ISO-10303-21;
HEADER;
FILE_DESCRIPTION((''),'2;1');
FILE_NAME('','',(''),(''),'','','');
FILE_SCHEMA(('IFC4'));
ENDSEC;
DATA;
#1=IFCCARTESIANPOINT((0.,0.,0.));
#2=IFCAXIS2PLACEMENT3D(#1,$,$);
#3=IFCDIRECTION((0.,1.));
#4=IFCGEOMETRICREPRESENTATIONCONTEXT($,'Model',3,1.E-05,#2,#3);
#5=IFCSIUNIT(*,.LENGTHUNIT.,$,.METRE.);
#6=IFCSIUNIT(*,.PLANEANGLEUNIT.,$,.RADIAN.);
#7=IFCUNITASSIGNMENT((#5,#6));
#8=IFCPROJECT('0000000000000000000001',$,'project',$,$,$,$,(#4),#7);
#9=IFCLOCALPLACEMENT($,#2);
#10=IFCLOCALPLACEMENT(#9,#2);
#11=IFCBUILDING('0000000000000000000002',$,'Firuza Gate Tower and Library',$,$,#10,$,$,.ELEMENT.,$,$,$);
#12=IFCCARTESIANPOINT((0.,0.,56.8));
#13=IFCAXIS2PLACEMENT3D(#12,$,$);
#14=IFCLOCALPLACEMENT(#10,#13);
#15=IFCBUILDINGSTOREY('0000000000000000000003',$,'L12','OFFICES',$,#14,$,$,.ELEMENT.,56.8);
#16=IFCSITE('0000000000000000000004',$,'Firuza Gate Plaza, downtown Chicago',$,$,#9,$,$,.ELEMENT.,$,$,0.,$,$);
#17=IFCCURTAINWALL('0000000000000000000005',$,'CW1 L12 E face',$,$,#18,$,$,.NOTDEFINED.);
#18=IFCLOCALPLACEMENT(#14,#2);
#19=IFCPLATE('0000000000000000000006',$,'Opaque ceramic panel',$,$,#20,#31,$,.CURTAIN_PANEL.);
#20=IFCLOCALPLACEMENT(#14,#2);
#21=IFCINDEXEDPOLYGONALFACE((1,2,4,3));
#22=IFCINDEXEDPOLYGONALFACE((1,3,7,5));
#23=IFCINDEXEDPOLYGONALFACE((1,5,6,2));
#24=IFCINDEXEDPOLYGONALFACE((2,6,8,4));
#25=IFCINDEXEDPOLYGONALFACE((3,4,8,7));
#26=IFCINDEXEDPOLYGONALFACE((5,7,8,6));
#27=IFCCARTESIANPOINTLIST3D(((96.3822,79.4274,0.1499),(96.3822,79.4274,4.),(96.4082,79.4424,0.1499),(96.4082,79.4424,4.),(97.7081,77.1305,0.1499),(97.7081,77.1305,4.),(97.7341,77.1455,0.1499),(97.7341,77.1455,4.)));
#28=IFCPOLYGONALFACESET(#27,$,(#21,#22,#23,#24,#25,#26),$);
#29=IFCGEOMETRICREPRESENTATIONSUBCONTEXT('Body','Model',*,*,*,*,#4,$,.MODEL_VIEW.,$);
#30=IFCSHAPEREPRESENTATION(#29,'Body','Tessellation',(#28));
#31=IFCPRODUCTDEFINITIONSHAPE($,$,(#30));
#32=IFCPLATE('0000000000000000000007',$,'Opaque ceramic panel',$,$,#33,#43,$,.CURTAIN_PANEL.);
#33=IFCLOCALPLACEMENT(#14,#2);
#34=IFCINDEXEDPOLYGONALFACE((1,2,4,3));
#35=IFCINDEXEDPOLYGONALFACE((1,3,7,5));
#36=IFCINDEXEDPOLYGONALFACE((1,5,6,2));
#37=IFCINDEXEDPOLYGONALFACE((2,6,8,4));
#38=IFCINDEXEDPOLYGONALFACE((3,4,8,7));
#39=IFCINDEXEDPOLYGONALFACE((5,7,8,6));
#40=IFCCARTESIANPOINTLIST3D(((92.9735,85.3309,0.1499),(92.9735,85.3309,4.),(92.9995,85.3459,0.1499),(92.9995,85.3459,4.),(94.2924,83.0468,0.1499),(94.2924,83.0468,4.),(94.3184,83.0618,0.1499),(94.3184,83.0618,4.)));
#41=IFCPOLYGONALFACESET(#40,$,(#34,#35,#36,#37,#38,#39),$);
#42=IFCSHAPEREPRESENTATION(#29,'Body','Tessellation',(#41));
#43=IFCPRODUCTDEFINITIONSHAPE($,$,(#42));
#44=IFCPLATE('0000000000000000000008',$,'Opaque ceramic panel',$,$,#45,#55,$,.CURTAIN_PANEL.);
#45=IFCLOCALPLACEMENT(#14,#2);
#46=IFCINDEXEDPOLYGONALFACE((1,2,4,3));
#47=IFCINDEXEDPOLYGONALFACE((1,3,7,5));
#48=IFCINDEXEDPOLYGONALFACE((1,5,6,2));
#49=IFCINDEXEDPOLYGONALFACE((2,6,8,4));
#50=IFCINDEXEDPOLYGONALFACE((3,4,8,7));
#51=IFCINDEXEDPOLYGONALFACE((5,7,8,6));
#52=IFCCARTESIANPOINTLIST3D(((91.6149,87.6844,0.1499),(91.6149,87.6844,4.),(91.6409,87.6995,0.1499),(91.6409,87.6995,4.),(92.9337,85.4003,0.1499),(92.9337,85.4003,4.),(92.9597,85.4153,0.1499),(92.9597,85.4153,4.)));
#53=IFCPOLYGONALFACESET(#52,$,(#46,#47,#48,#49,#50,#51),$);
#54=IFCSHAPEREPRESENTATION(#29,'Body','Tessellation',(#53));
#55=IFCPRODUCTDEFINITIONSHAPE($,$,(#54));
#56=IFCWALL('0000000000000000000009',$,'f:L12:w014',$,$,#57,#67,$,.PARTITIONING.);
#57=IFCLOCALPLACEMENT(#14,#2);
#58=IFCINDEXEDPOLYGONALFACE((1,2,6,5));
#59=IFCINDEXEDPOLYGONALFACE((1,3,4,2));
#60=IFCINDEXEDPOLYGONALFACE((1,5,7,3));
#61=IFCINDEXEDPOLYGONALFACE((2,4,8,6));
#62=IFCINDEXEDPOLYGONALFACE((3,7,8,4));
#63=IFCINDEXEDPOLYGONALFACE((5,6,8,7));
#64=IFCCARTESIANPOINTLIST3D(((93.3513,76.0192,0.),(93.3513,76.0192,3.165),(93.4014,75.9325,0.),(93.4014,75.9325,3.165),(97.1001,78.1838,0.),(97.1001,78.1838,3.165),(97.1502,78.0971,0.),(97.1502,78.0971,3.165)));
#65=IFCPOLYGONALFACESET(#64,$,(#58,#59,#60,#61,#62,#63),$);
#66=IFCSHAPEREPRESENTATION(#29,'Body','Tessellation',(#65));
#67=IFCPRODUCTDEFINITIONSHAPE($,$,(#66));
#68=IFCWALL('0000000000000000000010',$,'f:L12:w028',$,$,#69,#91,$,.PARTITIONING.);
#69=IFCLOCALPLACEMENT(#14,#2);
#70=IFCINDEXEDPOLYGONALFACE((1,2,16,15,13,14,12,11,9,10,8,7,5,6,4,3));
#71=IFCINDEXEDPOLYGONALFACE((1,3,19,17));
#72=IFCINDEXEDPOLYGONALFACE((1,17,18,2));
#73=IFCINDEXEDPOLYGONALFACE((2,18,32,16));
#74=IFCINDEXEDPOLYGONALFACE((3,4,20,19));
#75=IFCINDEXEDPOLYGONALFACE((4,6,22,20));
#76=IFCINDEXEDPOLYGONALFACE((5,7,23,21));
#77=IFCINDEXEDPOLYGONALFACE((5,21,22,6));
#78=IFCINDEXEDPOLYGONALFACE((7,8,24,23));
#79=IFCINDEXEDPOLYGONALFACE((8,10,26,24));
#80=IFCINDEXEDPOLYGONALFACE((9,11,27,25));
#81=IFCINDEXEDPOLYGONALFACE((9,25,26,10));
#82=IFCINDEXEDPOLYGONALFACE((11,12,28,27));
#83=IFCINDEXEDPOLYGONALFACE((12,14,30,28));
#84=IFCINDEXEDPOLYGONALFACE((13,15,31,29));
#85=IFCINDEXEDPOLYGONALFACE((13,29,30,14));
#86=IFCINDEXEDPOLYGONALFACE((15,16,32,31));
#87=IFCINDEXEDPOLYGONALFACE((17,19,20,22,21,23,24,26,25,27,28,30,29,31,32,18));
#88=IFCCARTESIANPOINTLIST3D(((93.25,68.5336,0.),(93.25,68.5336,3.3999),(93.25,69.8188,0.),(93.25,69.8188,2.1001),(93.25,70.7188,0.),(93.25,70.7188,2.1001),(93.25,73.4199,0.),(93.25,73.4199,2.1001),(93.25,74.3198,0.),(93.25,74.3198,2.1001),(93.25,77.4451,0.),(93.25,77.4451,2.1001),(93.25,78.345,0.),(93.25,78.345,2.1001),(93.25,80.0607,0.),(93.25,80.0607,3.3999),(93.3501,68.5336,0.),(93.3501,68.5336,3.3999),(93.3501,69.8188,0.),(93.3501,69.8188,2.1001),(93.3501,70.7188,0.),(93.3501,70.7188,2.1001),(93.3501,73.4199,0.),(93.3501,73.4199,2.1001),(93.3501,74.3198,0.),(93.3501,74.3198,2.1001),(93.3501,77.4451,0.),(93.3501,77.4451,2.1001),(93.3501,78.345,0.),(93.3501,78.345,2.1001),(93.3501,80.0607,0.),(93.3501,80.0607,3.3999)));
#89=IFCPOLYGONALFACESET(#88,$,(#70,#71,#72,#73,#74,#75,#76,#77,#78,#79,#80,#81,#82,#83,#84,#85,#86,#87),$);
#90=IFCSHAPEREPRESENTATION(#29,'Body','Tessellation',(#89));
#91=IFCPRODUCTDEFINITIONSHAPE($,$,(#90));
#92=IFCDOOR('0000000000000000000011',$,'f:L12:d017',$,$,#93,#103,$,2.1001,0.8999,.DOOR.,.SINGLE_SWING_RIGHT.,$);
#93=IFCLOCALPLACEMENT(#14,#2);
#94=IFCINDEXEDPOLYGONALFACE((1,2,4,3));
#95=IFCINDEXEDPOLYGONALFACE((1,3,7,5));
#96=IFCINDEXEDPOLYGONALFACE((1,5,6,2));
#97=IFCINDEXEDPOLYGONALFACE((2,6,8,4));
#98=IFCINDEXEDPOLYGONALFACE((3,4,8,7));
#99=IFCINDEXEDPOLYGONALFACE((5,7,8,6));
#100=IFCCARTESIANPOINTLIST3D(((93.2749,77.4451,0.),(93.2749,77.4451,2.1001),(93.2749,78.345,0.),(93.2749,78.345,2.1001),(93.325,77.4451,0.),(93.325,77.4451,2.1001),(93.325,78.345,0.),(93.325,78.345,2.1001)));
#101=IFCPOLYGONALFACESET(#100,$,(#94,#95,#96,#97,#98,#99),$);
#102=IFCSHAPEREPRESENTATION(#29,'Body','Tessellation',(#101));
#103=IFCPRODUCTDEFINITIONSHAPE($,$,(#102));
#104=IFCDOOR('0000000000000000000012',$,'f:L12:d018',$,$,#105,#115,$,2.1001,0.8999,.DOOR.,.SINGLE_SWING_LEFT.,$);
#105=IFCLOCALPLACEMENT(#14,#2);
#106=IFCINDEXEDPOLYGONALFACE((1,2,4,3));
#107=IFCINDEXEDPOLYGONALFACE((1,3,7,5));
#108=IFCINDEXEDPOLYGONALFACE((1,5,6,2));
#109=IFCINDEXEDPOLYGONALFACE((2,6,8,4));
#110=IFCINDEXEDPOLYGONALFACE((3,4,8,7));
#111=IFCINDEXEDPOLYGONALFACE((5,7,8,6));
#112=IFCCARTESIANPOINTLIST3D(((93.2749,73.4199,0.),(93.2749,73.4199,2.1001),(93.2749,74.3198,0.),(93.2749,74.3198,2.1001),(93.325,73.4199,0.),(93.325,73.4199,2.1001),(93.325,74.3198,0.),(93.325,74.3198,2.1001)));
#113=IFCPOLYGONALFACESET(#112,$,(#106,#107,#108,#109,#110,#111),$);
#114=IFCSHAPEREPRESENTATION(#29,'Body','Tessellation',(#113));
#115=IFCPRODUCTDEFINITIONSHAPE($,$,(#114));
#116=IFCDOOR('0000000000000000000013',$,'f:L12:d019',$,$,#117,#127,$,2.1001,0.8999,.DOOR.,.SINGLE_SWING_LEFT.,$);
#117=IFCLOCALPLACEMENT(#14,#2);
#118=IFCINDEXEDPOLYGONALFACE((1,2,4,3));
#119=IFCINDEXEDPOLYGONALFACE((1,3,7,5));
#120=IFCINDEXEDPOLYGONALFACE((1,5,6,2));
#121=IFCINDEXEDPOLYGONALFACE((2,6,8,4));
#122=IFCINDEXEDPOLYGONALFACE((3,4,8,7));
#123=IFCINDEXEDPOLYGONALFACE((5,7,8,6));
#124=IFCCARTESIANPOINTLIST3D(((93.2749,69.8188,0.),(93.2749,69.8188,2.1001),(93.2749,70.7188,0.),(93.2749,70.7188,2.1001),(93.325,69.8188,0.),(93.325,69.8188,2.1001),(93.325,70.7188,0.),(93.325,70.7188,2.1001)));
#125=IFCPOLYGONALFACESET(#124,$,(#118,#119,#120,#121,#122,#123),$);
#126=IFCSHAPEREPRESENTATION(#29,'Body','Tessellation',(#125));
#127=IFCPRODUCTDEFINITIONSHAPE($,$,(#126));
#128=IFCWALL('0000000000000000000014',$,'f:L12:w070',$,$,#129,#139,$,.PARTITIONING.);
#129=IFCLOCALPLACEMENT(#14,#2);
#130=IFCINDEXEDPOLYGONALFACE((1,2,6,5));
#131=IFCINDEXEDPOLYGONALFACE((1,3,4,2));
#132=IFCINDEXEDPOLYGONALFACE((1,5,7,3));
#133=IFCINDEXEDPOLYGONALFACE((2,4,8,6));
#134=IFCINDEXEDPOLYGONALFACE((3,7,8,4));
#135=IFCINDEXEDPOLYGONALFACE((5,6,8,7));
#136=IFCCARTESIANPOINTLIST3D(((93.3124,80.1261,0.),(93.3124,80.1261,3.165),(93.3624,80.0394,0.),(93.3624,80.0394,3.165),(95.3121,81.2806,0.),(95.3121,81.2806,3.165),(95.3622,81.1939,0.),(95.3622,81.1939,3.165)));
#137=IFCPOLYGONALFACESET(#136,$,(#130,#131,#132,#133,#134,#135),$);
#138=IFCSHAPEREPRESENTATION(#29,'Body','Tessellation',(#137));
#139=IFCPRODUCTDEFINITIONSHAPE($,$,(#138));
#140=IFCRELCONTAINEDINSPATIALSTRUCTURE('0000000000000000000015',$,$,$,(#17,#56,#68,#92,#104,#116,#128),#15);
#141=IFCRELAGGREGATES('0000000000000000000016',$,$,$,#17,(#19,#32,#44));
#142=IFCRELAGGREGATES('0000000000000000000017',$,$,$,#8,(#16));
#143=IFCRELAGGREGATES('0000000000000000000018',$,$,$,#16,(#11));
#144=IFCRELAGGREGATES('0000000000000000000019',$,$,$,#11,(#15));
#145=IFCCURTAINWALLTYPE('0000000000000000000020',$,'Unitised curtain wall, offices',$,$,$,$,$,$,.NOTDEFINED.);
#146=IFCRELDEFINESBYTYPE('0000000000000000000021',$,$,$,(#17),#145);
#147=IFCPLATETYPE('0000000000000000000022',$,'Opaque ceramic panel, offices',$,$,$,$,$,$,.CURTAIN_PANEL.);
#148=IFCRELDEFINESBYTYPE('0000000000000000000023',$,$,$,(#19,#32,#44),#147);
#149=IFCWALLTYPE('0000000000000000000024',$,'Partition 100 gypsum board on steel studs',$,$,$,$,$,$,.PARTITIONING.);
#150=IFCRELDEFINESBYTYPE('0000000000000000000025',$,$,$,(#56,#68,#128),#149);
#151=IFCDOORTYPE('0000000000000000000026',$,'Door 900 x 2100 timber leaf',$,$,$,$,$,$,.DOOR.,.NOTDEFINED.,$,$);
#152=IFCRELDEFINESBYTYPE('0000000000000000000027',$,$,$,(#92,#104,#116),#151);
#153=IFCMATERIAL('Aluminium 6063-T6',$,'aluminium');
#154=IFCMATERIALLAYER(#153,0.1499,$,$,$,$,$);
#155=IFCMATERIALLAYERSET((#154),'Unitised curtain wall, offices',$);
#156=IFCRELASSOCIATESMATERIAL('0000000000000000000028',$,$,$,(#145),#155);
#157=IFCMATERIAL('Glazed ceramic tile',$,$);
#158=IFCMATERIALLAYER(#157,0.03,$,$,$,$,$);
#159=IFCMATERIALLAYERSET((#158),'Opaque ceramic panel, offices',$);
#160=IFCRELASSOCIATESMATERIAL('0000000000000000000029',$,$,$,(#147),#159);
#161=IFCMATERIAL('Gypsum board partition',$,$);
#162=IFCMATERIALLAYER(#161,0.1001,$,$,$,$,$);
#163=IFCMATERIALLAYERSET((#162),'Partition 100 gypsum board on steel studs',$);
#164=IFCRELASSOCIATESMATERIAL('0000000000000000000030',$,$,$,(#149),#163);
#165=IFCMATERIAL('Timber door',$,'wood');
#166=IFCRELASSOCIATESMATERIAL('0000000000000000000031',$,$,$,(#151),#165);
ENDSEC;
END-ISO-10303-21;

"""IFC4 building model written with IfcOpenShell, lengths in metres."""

from ifc_helpers import new_model, si_unit, direction, frame, frame_2d, origin, place, context, subcontext, project, spatial, polyline, rectangle, outline, extrude, material, layer, layer_set, type_object, element, fill, aggregate, save


model = new_model("IFC4")

# Units and contexts
model_context = context("Model", 3, precision=1e-05, world=origin(), true_north=direction((0.0, 1.0)))
body_context = subcontext(model_context, "Body", "Model", "MODEL_VIEW")
ifc_project = project(units=[si_unit("LENGTHUNIT", "METRE"), si_unit("PLANEANGLEUNIT", "RADIAN")], contexts=[model_context])

# Site, building, storey
site_placement = place(None, origin())
site = spatial("IfcSite", under=ifc_project, at=site_placement, Name="Firuza Gate Plaza, downtown Chicago", CompositionType="ELEMENT", RefElevation=0.0)
building_placement = place(site_placement, origin())
building = spatial("IfcBuilding", under=site, at=building_placement, Name="Firuza Gate Tower and Library", CompositionType="ELEMENT")
storey_placement = place(building_placement, frame((0.0, 0.0, 56.8)))
storey = spatial("IfcBuildingStorey", under=building, at=storey_placement, Name="L12", Description="OFFICES", CompositionType="ELEMENT", Elevation=56.8)

# Curtain wall
ifc_material_1 = material(Name="Aluminium 6063-T6", Category="aluminium")
ifc_layer_1 = layer(ifc_material_1, 0.1499)
ifc_layer_set_1 = layer_set([ifc_layer_1], Name="Unitised curtain wall, offices")
curtain_wall_type = type_object("IfcCurtainWallType", Name="Unitised curtain wall, offices", PredefinedType="NOTDEFINED", material=ifc_layer_set_1)
curtain_wall_placement = place(storey_placement, origin())
curtain_wall = element("IfcCurtainWall", 1, at=curtain_wall_placement, inside=storey, type_object=curtain_wall_type, Name="CW1 L12 E face", PredefinedType="NOTDEFINED")

# Plates
ifc_material_2 = material(Name="Glazed ceramic tile")
ifc_layer_2 = layer(ifc_material_2, 0.03)
ifc_layer_set_2 = layer_set([ifc_layer_2], Name="Opaque ceramic panel, offices")
plate_type_1 = type_object("IfcPlateType", Name="Opaque ceramic panel, offices", PredefinedType="CURTAIN_PANEL", material=ifc_layer_set_2)
plate_1_placement = place(storey_placement, frame((97.7341, 77.1455, 0.1499), z_axis=(0.866054, 0.499951, 0.0), x_axis=(-0.499951, 0.866054, 0.0)))
plate_1 = element("IfcPlate", 2, at=plate_1_placement, type_object=plate_type_1, Name="Opaque ceramic panel", PredefinedType="CURTAIN_PANEL", context=body_context, shape_type="SweptSolid", body=[
    extrude(outline(polyline([(0.0, 0.0), (2.6521, 0.0), (2.6521, 3.8501), (0.0, 3.8501), (0.0, 0.0)])), origin(), (0.0, 0.0, -1.0), 0.03),
])
plate_2_placement = place(storey_placement, frame((94.3184, 83.0618, 0.1499), z_axis=(0.866013, 0.500022, 0.0), x_axis=(-0.500022, 0.866013, 0.0)))
plate_2 = element("IfcPlate", 3, at=plate_2_placement, type_object=plate_type_1, Name="Opaque ceramic panel", PredefinedType="CURTAIN_PANEL", context=body_context, shape_type="SweptSolid", body=[
    extrude(outline(polyline([(0.0, 0.0), (2.6376, 0.0), (2.6376, 3.8501), (0.0, 3.8501), (0.0, 0.0)])), origin(), (0.0, 0.0, -1.0), 0.03),
])
plate_3_placement = place(storey_placement, frame((92.9597, 85.4153, 0.1499), z_axis=(0.866013, 0.500022, 0.0), x_axis=(-0.500022, 0.866013, 0.0)))
plate_3 = element("IfcPlate", 4, at=plate_3_placement, type_object=plate_type_1, Name="Opaque ceramic panel", PredefinedType="CURTAIN_PANEL", context=body_context, shape_type="SweptSolid", body=[
    extrude(outline(polyline([(0.0, 0.0), (2.6376, 0.0), (2.6376, 3.8501), (0.0, 3.8501), (0.0, 0.0)])), origin(), (0.0, 0.0, -1.0), 0.03),
])
aggregate(curtain_wall, [plate_1, plate_2, plate_3])

# Wall
ifc_material_3 = material(Name="Gypsum board partition")
ifc_layer_3 = layer(ifc_material_3, 0.1001)
ifc_layer_set_3 = layer_set([ifc_layer_3], Name="Partition 100 gypsum board on steel studs")
wall_type = type_object("IfcWallType", Name="Partition 100 gypsum board on steel studs", PredefinedType="PARTITIONING", material=ifc_layer_set_3)
wall_1_placement = place(storey_placement, frame((93.3762, 75.9758, 0.0), z_axis=(0.0, 0.0, 1.0), x_axis=(0.866006, 0.500033, 0.0)))
element("IfcWall", 5, at=wall_1_placement, inside=storey, type_object=wall_type, Name="f:L12:w014", PredefinedType="PARTITIONING", context=body_context, shape_type="SweptSolid", body=[
    extrude(rectangle(XDim=4.3289, YDim=0.1001, at=frame_2d((2.1646, 0.0))), origin(), (0.0, 0.0, 1.0), 3.165),
])

# Wall, openings, doors
wall_2_placement = place(storey_placement, frame((93.3, 80.0608, 0.0), z_axis=(0.0, 0.0, 1.0), x_axis=(0.0, -1.0, 0.0)))
wall_2 = element("IfcWall", 6, at=wall_2_placement, inside=storey, type_object=wall_type, Name="f:L12:w028", PredefinedType="PARTITIONING", context=body_context, shape_type="SweptSolid", body=[
    extrude(rectangle(XDim=11.5271, YDim=0.1001, at=frame_2d((5.7637, 0.0))), origin(), (0.0, 0.0, 1.0), 3.3999),
])
opening_1_placement = place(wall_2_placement, frame((1.7158, 0.0, 0.0)))
opening_1 = element("IfcOpeningElement", 7, at=opening_1_placement, cuts=wall_2, PredefinedType="OPENING", context=body_context, shape_type="SweptSolid", body=[
    extrude(rectangle(XDim=0.8999, YDim=2.1001, at=frame_2d((0.45, 1.05))), frame((0.0, 0.0601, 0.0), z_axis=(0.0, -1.0, 0.0), x_axis=(1.0, 0.0, 0.0)), (0.0, 0.0, 1.0), 0.1201),
])
opening_2_placement = place(wall_2_placement, frame((5.741, 0.0, 0.0)))
opening_2 = element("IfcOpeningElement", 8, at=opening_2_placement, cuts=wall_2, PredefinedType="OPENING", context=body_context, shape_type="SweptSolid", body=[
    extrude(rectangle(XDim=0.8999, YDim=2.1001, at=frame_2d((0.45, 1.05))), frame((0.0, 0.0601, 0.0), z_axis=(0.0, -1.0, 0.0), x_axis=(1.0, 0.0, 0.0)), (0.0, 0.0, 1.0), 0.1201),
])
opening_3_placement = place(wall_2_placement, frame((9.342, 0.0, 0.0)))
opening_3 = element("IfcOpeningElement", 9, at=opening_3_placement, cuts=wall_2, PredefinedType="OPENING", context=body_context, shape_type="SweptSolid", body=[
    extrude(rectangle(XDim=0.8999, YDim=2.1001, at=frame_2d((0.45, 1.05))), frame((0.0, 0.0601, 0.0), z_axis=(0.0, -1.0, 0.0), x_axis=(1.0, 0.0, 0.0)), (0.0, 0.0, 1.0), 0.1201),
])
ifc_material_4 = material(Name="Timber door", Category="wood")
door_type = type_object("IfcDoorType", Name="Door 900 x 2100 timber leaf", OperationType="NOTDEFINED", PredefinedType="DOOR", material=ifc_material_4)
door_1_placement = place(opening_1_placement, origin())
door_1 = element("IfcDoor", 10, at=door_1_placement, inside=storey, type_object=door_type, Name="f:L12:d017", OperationType="SINGLE_SWING_RIGHT", OverallHeight=2.1001, OverallWidth=0.8999, PredefinedType="DOOR", context=body_context, shape_type="SweptSolid", body=[
    extrude(rectangle(XDim=0.8999, YDim=2.1001, at=frame_2d((0.45, 1.05))), frame((0.0, 0.0249, 0.0), z_axis=(0.0, -1.0, 0.0), x_axis=(1.0, 0.0, 0.0)), (0.0, 0.0, 1.0), 0.05),
])
fill(opening_1, door_1)
door_2_placement = place(opening_2_placement, origin())
door_2 = element("IfcDoor", 11, at=door_2_placement, inside=storey, type_object=door_type, Name="f:L12:d018", OperationType="SINGLE_SWING_LEFT", OverallHeight=2.1001, OverallWidth=0.8999, PredefinedType="DOOR", context=body_context, shape_type="SweptSolid", body=[
    extrude(rectangle(XDim=0.8999, YDim=2.1001, at=frame_2d((0.45, 1.05))), frame((0.0, 0.0249, 0.0), z_axis=(0.0, -1.0, 0.0), x_axis=(1.0, 0.0, 0.0)), (0.0, 0.0, 1.0), 0.05),
])
fill(opening_2, door_2)
door_3_placement = place(opening_3_placement, origin())
door_3 = element("IfcDoor", 12, at=door_3_placement, inside=storey, type_object=door_type, Name="f:L12:d019", OperationType="SINGLE_SWING_LEFT", OverallHeight=2.1001, OverallWidth=0.8999, PredefinedType="DOOR", context=body_context, shape_type="SweptSolid", body=[
    extrude(rectangle(XDim=0.8999, YDim=2.1001, at=frame_2d((0.45, 1.05))), frame((0.0, 0.0249, 0.0), z_axis=(0.0, -1.0, 0.0), x_axis=(1.0, 0.0, 0.0)), (0.0, 0.0, 1.0), 0.05),
])
fill(opening_3, door_3)

# Wall
wall_3_placement = place(storey_placement, frame((93.3374, 80.0828, 0.0), z_axis=(0.0, 0.0, 1.0), x_axis=(0.866029, 0.499994, 0.0)))
element("IfcWall", 13, at=wall_3_placement, inside=storey, type_object=wall_type, Name="f:L12:w070", PredefinedType="PARTITIONING", context=body_context, shape_type="SweptSolid", body=[
    extrude(rectangle(XDim=2.3091, YDim=0.1001, at=frame_2d((1.1545, 0.0))), origin(), (0.0, 0.0, 1.0), 3.165),
])

save(model, "model.ifc")
